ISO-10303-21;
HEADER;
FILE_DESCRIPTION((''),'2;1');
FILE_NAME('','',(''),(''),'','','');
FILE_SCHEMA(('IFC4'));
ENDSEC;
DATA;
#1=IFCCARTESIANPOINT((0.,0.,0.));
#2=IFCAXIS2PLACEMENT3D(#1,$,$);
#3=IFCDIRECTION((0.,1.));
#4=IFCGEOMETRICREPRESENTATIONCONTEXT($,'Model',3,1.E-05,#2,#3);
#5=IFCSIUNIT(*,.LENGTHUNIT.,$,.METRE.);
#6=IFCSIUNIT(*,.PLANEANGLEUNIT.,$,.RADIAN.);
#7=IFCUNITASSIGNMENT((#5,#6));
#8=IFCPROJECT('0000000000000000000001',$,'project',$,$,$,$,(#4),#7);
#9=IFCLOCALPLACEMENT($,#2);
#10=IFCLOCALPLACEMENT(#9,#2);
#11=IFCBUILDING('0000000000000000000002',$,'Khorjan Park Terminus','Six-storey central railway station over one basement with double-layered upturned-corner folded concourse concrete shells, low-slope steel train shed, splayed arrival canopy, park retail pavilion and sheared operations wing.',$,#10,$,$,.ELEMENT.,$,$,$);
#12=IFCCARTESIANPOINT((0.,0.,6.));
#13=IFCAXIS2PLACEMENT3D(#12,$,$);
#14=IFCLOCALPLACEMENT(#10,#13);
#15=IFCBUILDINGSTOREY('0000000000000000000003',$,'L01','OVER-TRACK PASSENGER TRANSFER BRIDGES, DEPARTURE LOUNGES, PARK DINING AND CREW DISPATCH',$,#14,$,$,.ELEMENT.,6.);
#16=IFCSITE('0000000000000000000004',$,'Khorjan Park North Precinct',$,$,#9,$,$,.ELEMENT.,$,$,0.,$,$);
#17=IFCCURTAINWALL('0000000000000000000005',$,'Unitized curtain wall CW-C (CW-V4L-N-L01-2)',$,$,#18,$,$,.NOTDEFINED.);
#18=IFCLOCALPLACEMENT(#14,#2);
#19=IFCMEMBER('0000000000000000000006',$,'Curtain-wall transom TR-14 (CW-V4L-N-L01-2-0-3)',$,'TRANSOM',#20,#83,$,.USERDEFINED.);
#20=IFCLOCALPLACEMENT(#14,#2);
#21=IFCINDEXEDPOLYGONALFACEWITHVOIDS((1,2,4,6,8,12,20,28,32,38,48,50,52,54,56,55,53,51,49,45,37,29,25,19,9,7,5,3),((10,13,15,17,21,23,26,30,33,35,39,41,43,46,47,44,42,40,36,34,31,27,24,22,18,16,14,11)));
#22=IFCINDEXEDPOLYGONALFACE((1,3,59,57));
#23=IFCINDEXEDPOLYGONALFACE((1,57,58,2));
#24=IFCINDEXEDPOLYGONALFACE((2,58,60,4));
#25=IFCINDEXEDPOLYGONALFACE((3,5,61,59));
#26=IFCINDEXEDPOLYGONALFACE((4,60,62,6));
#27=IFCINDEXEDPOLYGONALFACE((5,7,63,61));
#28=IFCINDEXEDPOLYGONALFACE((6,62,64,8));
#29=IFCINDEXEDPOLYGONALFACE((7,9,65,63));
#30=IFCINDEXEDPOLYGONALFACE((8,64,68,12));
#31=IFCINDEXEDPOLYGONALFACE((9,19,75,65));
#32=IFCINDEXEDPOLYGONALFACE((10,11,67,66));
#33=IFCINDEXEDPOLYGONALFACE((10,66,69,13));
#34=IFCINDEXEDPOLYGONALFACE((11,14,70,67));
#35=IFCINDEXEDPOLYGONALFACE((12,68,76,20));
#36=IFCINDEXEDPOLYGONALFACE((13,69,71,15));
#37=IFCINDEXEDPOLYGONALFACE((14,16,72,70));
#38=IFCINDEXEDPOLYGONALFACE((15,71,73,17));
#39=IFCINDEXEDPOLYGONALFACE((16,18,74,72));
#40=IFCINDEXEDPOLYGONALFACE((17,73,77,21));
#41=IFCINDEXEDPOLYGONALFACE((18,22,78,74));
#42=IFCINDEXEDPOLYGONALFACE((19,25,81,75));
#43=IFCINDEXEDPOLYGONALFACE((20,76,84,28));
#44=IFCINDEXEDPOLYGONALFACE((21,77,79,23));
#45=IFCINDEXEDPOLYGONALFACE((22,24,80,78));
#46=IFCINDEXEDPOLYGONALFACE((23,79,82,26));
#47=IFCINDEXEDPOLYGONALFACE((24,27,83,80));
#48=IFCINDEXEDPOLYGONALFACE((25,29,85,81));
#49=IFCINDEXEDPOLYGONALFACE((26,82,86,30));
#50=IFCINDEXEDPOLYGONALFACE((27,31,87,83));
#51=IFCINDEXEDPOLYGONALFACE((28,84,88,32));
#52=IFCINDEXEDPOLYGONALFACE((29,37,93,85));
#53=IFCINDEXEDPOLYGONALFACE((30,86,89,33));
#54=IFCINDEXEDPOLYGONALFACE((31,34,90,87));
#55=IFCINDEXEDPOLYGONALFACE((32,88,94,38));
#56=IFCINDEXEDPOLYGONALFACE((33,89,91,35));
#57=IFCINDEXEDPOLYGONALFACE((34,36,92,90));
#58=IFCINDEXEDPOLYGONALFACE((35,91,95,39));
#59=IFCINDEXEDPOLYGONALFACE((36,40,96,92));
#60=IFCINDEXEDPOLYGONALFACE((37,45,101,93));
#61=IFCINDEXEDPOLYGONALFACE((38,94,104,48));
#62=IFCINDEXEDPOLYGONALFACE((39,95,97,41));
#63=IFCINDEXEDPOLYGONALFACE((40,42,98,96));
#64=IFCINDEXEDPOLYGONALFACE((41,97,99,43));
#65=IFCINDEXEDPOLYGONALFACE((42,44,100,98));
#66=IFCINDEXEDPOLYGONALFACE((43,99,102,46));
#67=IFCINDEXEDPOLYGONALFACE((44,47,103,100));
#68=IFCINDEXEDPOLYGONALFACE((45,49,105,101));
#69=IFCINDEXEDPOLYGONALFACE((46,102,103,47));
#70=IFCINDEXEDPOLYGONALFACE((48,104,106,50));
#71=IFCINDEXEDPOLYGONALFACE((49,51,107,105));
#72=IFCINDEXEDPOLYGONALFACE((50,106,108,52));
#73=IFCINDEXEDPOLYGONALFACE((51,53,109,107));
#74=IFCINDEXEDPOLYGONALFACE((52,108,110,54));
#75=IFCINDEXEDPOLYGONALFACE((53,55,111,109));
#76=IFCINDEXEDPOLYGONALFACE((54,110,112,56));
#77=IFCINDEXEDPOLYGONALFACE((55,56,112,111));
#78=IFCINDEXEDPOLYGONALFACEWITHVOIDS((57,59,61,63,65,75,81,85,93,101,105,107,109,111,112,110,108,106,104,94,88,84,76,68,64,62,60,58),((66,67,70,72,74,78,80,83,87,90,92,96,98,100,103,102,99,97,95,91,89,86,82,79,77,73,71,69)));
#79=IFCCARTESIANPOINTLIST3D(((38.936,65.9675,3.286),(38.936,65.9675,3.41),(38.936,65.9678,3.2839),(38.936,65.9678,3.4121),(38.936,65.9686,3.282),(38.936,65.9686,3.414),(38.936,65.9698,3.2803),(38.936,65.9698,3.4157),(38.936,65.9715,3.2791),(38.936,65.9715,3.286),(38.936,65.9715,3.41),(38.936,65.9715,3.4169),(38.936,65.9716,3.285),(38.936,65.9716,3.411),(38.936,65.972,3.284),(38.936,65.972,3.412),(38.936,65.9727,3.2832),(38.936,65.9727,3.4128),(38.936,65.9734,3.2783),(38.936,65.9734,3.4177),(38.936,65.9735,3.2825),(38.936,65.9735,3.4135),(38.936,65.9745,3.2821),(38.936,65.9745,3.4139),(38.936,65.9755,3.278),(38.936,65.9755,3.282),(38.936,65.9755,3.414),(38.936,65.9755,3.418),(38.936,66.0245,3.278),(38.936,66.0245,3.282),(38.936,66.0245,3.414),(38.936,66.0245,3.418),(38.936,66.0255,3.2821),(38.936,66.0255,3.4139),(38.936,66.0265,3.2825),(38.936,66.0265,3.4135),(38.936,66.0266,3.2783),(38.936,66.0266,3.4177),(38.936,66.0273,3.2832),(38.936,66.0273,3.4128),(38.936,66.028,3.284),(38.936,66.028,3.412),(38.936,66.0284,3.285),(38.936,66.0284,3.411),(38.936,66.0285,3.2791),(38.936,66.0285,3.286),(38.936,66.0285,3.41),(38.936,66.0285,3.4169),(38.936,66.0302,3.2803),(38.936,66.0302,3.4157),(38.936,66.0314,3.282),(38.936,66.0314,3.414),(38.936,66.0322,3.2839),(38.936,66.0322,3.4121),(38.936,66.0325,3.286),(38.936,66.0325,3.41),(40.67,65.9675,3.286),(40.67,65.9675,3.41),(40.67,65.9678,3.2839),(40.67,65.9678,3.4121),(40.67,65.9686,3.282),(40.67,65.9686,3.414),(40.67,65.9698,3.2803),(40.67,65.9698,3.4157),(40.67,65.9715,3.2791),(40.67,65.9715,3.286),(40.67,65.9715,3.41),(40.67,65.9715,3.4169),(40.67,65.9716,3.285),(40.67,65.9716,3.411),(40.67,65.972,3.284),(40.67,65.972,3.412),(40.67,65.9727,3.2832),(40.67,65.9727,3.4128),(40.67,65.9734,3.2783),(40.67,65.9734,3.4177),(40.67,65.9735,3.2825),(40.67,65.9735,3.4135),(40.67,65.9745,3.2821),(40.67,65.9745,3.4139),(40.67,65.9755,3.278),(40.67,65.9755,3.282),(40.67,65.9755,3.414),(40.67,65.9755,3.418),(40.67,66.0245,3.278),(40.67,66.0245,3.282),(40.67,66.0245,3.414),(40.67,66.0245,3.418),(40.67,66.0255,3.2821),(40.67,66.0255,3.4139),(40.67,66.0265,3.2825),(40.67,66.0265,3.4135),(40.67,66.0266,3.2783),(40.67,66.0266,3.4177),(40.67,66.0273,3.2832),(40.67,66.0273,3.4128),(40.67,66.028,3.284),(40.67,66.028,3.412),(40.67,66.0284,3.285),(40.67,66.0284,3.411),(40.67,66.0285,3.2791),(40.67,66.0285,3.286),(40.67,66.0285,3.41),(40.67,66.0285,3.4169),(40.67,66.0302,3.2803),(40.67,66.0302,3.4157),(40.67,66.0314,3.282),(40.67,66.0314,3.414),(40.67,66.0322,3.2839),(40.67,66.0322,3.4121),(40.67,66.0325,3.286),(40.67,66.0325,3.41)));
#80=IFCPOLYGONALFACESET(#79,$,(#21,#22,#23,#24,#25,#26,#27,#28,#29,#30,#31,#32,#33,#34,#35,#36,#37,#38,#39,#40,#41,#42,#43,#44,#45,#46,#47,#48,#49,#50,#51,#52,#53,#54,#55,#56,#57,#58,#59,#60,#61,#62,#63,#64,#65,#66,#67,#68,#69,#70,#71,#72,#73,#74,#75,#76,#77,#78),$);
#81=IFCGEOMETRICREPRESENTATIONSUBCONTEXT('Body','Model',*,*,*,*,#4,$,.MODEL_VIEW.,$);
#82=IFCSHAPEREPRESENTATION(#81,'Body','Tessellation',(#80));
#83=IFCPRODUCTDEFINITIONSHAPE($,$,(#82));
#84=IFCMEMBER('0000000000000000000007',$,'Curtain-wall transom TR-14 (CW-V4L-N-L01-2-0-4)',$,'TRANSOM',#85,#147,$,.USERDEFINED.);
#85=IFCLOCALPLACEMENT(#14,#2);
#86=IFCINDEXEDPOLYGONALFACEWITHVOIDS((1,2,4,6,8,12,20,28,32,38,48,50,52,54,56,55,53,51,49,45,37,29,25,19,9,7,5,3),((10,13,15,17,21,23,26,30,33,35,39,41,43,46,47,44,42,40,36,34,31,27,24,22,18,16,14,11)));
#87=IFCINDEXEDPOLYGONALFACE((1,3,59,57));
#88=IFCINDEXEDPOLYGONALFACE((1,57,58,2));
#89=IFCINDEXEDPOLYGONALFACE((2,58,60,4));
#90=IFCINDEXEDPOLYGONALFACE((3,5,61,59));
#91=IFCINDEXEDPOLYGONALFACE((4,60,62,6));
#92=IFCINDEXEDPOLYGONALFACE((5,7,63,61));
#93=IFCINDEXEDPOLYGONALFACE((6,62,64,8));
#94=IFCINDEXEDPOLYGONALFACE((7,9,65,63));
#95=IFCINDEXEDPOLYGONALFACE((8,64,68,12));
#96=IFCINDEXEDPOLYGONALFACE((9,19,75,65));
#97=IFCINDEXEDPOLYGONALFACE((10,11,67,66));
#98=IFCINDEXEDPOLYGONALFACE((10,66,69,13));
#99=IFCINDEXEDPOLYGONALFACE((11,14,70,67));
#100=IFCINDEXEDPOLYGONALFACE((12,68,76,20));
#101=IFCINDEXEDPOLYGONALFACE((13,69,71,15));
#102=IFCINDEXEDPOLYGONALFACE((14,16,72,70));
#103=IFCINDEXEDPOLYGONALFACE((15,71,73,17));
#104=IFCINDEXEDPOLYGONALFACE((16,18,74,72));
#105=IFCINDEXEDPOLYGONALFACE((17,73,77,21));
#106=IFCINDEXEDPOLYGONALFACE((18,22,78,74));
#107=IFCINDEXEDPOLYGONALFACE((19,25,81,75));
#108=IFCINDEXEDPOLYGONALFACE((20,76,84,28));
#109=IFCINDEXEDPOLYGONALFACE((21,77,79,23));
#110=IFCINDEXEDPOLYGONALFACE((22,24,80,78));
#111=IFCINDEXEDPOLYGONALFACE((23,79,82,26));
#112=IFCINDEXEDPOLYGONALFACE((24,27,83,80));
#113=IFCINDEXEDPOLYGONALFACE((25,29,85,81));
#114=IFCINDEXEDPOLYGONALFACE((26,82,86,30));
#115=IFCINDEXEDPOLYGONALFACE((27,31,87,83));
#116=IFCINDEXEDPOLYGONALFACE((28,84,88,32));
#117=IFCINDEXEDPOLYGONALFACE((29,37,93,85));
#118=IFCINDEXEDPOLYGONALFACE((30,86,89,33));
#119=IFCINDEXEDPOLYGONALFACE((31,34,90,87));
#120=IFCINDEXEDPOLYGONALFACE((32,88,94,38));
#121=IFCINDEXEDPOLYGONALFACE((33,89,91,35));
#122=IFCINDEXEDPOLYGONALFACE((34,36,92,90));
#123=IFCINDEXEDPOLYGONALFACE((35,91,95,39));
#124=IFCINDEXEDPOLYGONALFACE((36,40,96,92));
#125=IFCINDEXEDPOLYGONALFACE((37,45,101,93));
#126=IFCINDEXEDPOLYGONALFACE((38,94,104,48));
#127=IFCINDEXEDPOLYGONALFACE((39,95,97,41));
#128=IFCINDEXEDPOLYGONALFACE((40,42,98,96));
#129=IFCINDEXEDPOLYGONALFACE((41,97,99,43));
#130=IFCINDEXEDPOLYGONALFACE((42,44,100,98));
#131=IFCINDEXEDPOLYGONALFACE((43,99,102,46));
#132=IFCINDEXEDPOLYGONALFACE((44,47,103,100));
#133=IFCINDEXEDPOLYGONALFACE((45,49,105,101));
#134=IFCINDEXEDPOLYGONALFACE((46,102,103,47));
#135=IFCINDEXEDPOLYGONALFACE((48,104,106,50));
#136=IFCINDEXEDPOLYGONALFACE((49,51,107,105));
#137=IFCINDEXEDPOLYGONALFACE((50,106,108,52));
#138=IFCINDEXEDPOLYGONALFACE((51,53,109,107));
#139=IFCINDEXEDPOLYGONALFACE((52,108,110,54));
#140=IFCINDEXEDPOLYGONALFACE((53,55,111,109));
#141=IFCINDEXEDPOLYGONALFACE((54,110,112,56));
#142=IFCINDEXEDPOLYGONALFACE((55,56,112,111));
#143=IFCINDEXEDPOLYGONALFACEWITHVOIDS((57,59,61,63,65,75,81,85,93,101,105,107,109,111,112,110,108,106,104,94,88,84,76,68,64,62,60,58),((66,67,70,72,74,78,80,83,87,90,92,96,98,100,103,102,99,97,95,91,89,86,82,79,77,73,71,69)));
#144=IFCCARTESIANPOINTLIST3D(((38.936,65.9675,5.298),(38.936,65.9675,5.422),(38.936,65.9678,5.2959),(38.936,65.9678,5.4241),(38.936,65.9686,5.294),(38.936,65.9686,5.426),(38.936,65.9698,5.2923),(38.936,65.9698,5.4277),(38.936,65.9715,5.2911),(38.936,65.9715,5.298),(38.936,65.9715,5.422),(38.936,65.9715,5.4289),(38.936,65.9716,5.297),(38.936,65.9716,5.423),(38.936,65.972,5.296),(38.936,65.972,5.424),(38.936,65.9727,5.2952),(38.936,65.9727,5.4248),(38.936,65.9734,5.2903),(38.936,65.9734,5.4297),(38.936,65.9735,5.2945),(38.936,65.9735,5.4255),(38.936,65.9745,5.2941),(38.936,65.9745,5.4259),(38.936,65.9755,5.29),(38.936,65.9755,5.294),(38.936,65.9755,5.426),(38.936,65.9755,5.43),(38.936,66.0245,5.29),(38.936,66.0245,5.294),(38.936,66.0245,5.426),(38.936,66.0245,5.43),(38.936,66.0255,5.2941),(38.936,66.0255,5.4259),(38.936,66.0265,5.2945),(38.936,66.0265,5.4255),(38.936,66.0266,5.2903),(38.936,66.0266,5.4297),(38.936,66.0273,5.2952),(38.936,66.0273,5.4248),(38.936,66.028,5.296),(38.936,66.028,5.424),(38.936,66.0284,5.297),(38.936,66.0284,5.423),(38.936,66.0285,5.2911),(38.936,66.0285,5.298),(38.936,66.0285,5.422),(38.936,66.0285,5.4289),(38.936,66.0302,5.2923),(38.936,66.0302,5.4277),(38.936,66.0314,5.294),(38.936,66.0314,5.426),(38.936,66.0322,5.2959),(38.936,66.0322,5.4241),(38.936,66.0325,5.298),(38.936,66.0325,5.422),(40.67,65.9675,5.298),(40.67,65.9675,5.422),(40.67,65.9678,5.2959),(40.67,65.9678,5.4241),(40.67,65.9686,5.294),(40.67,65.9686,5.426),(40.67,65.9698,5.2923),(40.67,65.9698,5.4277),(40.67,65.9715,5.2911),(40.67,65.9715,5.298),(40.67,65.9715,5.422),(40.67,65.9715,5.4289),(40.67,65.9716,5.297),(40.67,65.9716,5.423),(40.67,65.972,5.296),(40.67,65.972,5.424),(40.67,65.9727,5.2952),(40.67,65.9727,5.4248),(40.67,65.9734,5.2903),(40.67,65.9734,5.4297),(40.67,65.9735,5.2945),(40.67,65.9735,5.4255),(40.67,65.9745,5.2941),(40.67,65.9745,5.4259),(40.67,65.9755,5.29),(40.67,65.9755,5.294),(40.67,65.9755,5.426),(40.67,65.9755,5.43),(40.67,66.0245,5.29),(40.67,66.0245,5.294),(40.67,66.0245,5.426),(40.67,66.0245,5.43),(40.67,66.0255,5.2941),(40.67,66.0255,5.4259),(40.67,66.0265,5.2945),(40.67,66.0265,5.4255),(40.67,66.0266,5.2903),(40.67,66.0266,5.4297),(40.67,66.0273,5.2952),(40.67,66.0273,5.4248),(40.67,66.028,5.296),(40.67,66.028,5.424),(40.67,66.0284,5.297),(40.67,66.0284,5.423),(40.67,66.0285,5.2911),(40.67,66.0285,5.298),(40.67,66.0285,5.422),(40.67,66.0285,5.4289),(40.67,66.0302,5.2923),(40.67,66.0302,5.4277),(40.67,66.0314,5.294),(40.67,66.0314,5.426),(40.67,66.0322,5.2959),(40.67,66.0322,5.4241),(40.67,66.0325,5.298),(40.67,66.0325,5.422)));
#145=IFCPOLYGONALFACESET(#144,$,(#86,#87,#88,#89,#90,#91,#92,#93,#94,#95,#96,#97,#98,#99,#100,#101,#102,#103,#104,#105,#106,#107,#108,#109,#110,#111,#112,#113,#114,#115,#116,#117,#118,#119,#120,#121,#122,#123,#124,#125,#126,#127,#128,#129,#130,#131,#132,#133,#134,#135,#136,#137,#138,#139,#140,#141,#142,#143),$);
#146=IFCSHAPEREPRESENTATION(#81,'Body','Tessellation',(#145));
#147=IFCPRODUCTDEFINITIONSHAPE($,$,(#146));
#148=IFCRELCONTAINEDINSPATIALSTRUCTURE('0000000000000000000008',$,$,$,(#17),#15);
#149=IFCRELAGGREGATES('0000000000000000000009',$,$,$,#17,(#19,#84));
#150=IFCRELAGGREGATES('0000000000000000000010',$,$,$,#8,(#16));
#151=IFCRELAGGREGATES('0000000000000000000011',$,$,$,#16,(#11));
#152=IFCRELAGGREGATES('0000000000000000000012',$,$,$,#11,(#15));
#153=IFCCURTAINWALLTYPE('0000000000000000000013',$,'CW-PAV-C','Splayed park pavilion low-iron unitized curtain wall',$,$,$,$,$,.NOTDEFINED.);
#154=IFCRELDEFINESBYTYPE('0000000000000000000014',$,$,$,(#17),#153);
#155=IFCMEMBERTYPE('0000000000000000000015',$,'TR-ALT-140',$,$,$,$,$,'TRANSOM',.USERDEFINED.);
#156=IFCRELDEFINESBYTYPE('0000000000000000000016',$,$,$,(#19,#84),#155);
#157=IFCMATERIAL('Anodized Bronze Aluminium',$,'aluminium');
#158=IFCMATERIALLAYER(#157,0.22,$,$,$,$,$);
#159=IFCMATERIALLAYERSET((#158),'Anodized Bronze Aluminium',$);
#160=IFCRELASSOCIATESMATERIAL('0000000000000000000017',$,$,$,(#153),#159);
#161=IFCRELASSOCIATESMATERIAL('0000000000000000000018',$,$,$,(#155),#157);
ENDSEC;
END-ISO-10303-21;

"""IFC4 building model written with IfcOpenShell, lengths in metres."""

from ifc_helpers import new_model, si_unit, direction, frame, origin, origin_2d, place, context, subcontext, project, spatial, hollow_rectangle, extrude, material, layer, layer_set, material_profile, profile_set, type_object, element, aggregate, save


model = new_model("IFC4")

# Units and contexts
model_context = context("Model", 3, precision=1e-05, world=origin(), true_north=direction((0.0, 1.0)))
body_context = subcontext(model_context, "Body", "Model", "MODEL_VIEW")
ifc_project = project(units=[si_unit("LENGTHUNIT", "METRE"), si_unit("PLANEANGLEUNIT", "RADIAN")], contexts=[model_context])

# Site, building, storey
site_placement = place(None, origin())
site = spatial("IfcSite", under=ifc_project, at=site_placement, Name="Khorjan Park North Precinct", CompositionType="ELEMENT", RefElevation=0.0)
building_placement = place(site_placement, origin())
building = spatial("IfcBuilding", under=site, at=building_placement, Name="Khorjan Park Terminus", Description="Six-storey central railway station over one basement with double-layered upturned-corner folded concourse concrete shells, low-slope steel train shed, splayed arrival canopy, park retail pavilion and sheared operations wing.", CompositionType="ELEMENT")
storey_placement = place(building_placement, frame((0.0, 0.0, 6.0)))
storey = spatial("IfcBuildingStorey", under=building, at=storey_placement, Name="L01", Description="OVER-TRACK PASSENGER TRANSFER BRIDGES, DEPARTURE LOUNGES, PARK DINING AND CREW DISPATCH", CompositionType="ELEMENT", Elevation=6.0)

# Curtain wall
ifc_material_1 = material(Name="Anodized Bronze Aluminium", Category="aluminium")
ifc_layer_1 = layer(ifc_material_1, 0.22)
ifc_layer_set_1 = layer_set([ifc_layer_1], Name="Anodized Bronze Aluminium")
curtain_wall_type = type_object("IfcCurtainWallType", Name="CW-PAV-C", Description="Splayed park pavilion low-iron unitized curtain wall", PredefinedType="NOTDEFINED", material=ifc_layer_set_1)
curtain_wall_1_placement = place(storey_placement, origin())
curtain_wall_1 = element("IfcCurtainWall", 1, at=curtain_wall_1_placement, inside=storey, type_object=curtain_wall_type, Name="Unitized curtain wall CW-C (CW-V4L-N-L01-2)", PredefinedType="NOTDEFINED")

# Members
ifc_material_profile_1 = material_profile(ifc_material_1, hollow_rectangle(XDim=0.065, YDim=0.14, WallThickness=0.004, InnerFilletRadius=0.004, OuterFilletRadius=0.008, at=origin_2d()), Name="ALT 65x140x4")
ifc_profile_set_1 = profile_set([ifc_material_profile_1], Name="Anodized Bronze Aluminium")
member_type_1 = type_object("IfcMemberType", Name="TR-ALT-140", ElementType="TRANSOM", PredefinedType="USERDEFINED", material=ifc_profile_set_1)
member_1_placement = place(storey_placement, frame((40.67, 66.0, 3.348), z_axis=(-1.0, 0.0, 0.0), x_axis=(0.0, -1.0, 0.0)))
member_1 = element("IfcMember", 2, at=member_1_placement, type_object=member_type_1, Name="Curtain-wall transom TR-14 (CW-V4L-N-L01-2-0-3)", ObjectType="TRANSOM", PredefinedType="USERDEFINED", context=body_context, shape_type="SweptSolid", body=[
    extrude(hollow_rectangle(XDim=0.065, YDim=0.14, WallThickness=0.004, InnerFilletRadius=0.004, OuterFilletRadius=0.008, at=origin_2d()), origin(), (0.0, 0.0, 1.0), 1.734),
])
member_2_placement = place(storey_placement, frame((40.67, 66.0, 5.36), z_axis=(-1.0, 0.0, 0.0), x_axis=(0.0, -1.0, 0.0)))
member_2 = element("IfcMember", 3, at=member_2_placement, type_object=member_type_1, Name="Curtain-wall transom TR-14 (CW-V4L-N-L01-2-0-4)", ObjectType="TRANSOM", PredefinedType="USERDEFINED", context=body_context, shape_type="SweptSolid", body=[
    extrude(hollow_rectangle(XDim=0.065, YDim=0.14, WallThickness=0.004, InnerFilletRadius=0.004, OuterFilletRadius=0.008, at=origin_2d()), origin(), (0.0, 0.0, 1.0), 1.734),
])

aggregate(curtain_wall_1, [member_1, member_2])

save(model, "model.ifc")
